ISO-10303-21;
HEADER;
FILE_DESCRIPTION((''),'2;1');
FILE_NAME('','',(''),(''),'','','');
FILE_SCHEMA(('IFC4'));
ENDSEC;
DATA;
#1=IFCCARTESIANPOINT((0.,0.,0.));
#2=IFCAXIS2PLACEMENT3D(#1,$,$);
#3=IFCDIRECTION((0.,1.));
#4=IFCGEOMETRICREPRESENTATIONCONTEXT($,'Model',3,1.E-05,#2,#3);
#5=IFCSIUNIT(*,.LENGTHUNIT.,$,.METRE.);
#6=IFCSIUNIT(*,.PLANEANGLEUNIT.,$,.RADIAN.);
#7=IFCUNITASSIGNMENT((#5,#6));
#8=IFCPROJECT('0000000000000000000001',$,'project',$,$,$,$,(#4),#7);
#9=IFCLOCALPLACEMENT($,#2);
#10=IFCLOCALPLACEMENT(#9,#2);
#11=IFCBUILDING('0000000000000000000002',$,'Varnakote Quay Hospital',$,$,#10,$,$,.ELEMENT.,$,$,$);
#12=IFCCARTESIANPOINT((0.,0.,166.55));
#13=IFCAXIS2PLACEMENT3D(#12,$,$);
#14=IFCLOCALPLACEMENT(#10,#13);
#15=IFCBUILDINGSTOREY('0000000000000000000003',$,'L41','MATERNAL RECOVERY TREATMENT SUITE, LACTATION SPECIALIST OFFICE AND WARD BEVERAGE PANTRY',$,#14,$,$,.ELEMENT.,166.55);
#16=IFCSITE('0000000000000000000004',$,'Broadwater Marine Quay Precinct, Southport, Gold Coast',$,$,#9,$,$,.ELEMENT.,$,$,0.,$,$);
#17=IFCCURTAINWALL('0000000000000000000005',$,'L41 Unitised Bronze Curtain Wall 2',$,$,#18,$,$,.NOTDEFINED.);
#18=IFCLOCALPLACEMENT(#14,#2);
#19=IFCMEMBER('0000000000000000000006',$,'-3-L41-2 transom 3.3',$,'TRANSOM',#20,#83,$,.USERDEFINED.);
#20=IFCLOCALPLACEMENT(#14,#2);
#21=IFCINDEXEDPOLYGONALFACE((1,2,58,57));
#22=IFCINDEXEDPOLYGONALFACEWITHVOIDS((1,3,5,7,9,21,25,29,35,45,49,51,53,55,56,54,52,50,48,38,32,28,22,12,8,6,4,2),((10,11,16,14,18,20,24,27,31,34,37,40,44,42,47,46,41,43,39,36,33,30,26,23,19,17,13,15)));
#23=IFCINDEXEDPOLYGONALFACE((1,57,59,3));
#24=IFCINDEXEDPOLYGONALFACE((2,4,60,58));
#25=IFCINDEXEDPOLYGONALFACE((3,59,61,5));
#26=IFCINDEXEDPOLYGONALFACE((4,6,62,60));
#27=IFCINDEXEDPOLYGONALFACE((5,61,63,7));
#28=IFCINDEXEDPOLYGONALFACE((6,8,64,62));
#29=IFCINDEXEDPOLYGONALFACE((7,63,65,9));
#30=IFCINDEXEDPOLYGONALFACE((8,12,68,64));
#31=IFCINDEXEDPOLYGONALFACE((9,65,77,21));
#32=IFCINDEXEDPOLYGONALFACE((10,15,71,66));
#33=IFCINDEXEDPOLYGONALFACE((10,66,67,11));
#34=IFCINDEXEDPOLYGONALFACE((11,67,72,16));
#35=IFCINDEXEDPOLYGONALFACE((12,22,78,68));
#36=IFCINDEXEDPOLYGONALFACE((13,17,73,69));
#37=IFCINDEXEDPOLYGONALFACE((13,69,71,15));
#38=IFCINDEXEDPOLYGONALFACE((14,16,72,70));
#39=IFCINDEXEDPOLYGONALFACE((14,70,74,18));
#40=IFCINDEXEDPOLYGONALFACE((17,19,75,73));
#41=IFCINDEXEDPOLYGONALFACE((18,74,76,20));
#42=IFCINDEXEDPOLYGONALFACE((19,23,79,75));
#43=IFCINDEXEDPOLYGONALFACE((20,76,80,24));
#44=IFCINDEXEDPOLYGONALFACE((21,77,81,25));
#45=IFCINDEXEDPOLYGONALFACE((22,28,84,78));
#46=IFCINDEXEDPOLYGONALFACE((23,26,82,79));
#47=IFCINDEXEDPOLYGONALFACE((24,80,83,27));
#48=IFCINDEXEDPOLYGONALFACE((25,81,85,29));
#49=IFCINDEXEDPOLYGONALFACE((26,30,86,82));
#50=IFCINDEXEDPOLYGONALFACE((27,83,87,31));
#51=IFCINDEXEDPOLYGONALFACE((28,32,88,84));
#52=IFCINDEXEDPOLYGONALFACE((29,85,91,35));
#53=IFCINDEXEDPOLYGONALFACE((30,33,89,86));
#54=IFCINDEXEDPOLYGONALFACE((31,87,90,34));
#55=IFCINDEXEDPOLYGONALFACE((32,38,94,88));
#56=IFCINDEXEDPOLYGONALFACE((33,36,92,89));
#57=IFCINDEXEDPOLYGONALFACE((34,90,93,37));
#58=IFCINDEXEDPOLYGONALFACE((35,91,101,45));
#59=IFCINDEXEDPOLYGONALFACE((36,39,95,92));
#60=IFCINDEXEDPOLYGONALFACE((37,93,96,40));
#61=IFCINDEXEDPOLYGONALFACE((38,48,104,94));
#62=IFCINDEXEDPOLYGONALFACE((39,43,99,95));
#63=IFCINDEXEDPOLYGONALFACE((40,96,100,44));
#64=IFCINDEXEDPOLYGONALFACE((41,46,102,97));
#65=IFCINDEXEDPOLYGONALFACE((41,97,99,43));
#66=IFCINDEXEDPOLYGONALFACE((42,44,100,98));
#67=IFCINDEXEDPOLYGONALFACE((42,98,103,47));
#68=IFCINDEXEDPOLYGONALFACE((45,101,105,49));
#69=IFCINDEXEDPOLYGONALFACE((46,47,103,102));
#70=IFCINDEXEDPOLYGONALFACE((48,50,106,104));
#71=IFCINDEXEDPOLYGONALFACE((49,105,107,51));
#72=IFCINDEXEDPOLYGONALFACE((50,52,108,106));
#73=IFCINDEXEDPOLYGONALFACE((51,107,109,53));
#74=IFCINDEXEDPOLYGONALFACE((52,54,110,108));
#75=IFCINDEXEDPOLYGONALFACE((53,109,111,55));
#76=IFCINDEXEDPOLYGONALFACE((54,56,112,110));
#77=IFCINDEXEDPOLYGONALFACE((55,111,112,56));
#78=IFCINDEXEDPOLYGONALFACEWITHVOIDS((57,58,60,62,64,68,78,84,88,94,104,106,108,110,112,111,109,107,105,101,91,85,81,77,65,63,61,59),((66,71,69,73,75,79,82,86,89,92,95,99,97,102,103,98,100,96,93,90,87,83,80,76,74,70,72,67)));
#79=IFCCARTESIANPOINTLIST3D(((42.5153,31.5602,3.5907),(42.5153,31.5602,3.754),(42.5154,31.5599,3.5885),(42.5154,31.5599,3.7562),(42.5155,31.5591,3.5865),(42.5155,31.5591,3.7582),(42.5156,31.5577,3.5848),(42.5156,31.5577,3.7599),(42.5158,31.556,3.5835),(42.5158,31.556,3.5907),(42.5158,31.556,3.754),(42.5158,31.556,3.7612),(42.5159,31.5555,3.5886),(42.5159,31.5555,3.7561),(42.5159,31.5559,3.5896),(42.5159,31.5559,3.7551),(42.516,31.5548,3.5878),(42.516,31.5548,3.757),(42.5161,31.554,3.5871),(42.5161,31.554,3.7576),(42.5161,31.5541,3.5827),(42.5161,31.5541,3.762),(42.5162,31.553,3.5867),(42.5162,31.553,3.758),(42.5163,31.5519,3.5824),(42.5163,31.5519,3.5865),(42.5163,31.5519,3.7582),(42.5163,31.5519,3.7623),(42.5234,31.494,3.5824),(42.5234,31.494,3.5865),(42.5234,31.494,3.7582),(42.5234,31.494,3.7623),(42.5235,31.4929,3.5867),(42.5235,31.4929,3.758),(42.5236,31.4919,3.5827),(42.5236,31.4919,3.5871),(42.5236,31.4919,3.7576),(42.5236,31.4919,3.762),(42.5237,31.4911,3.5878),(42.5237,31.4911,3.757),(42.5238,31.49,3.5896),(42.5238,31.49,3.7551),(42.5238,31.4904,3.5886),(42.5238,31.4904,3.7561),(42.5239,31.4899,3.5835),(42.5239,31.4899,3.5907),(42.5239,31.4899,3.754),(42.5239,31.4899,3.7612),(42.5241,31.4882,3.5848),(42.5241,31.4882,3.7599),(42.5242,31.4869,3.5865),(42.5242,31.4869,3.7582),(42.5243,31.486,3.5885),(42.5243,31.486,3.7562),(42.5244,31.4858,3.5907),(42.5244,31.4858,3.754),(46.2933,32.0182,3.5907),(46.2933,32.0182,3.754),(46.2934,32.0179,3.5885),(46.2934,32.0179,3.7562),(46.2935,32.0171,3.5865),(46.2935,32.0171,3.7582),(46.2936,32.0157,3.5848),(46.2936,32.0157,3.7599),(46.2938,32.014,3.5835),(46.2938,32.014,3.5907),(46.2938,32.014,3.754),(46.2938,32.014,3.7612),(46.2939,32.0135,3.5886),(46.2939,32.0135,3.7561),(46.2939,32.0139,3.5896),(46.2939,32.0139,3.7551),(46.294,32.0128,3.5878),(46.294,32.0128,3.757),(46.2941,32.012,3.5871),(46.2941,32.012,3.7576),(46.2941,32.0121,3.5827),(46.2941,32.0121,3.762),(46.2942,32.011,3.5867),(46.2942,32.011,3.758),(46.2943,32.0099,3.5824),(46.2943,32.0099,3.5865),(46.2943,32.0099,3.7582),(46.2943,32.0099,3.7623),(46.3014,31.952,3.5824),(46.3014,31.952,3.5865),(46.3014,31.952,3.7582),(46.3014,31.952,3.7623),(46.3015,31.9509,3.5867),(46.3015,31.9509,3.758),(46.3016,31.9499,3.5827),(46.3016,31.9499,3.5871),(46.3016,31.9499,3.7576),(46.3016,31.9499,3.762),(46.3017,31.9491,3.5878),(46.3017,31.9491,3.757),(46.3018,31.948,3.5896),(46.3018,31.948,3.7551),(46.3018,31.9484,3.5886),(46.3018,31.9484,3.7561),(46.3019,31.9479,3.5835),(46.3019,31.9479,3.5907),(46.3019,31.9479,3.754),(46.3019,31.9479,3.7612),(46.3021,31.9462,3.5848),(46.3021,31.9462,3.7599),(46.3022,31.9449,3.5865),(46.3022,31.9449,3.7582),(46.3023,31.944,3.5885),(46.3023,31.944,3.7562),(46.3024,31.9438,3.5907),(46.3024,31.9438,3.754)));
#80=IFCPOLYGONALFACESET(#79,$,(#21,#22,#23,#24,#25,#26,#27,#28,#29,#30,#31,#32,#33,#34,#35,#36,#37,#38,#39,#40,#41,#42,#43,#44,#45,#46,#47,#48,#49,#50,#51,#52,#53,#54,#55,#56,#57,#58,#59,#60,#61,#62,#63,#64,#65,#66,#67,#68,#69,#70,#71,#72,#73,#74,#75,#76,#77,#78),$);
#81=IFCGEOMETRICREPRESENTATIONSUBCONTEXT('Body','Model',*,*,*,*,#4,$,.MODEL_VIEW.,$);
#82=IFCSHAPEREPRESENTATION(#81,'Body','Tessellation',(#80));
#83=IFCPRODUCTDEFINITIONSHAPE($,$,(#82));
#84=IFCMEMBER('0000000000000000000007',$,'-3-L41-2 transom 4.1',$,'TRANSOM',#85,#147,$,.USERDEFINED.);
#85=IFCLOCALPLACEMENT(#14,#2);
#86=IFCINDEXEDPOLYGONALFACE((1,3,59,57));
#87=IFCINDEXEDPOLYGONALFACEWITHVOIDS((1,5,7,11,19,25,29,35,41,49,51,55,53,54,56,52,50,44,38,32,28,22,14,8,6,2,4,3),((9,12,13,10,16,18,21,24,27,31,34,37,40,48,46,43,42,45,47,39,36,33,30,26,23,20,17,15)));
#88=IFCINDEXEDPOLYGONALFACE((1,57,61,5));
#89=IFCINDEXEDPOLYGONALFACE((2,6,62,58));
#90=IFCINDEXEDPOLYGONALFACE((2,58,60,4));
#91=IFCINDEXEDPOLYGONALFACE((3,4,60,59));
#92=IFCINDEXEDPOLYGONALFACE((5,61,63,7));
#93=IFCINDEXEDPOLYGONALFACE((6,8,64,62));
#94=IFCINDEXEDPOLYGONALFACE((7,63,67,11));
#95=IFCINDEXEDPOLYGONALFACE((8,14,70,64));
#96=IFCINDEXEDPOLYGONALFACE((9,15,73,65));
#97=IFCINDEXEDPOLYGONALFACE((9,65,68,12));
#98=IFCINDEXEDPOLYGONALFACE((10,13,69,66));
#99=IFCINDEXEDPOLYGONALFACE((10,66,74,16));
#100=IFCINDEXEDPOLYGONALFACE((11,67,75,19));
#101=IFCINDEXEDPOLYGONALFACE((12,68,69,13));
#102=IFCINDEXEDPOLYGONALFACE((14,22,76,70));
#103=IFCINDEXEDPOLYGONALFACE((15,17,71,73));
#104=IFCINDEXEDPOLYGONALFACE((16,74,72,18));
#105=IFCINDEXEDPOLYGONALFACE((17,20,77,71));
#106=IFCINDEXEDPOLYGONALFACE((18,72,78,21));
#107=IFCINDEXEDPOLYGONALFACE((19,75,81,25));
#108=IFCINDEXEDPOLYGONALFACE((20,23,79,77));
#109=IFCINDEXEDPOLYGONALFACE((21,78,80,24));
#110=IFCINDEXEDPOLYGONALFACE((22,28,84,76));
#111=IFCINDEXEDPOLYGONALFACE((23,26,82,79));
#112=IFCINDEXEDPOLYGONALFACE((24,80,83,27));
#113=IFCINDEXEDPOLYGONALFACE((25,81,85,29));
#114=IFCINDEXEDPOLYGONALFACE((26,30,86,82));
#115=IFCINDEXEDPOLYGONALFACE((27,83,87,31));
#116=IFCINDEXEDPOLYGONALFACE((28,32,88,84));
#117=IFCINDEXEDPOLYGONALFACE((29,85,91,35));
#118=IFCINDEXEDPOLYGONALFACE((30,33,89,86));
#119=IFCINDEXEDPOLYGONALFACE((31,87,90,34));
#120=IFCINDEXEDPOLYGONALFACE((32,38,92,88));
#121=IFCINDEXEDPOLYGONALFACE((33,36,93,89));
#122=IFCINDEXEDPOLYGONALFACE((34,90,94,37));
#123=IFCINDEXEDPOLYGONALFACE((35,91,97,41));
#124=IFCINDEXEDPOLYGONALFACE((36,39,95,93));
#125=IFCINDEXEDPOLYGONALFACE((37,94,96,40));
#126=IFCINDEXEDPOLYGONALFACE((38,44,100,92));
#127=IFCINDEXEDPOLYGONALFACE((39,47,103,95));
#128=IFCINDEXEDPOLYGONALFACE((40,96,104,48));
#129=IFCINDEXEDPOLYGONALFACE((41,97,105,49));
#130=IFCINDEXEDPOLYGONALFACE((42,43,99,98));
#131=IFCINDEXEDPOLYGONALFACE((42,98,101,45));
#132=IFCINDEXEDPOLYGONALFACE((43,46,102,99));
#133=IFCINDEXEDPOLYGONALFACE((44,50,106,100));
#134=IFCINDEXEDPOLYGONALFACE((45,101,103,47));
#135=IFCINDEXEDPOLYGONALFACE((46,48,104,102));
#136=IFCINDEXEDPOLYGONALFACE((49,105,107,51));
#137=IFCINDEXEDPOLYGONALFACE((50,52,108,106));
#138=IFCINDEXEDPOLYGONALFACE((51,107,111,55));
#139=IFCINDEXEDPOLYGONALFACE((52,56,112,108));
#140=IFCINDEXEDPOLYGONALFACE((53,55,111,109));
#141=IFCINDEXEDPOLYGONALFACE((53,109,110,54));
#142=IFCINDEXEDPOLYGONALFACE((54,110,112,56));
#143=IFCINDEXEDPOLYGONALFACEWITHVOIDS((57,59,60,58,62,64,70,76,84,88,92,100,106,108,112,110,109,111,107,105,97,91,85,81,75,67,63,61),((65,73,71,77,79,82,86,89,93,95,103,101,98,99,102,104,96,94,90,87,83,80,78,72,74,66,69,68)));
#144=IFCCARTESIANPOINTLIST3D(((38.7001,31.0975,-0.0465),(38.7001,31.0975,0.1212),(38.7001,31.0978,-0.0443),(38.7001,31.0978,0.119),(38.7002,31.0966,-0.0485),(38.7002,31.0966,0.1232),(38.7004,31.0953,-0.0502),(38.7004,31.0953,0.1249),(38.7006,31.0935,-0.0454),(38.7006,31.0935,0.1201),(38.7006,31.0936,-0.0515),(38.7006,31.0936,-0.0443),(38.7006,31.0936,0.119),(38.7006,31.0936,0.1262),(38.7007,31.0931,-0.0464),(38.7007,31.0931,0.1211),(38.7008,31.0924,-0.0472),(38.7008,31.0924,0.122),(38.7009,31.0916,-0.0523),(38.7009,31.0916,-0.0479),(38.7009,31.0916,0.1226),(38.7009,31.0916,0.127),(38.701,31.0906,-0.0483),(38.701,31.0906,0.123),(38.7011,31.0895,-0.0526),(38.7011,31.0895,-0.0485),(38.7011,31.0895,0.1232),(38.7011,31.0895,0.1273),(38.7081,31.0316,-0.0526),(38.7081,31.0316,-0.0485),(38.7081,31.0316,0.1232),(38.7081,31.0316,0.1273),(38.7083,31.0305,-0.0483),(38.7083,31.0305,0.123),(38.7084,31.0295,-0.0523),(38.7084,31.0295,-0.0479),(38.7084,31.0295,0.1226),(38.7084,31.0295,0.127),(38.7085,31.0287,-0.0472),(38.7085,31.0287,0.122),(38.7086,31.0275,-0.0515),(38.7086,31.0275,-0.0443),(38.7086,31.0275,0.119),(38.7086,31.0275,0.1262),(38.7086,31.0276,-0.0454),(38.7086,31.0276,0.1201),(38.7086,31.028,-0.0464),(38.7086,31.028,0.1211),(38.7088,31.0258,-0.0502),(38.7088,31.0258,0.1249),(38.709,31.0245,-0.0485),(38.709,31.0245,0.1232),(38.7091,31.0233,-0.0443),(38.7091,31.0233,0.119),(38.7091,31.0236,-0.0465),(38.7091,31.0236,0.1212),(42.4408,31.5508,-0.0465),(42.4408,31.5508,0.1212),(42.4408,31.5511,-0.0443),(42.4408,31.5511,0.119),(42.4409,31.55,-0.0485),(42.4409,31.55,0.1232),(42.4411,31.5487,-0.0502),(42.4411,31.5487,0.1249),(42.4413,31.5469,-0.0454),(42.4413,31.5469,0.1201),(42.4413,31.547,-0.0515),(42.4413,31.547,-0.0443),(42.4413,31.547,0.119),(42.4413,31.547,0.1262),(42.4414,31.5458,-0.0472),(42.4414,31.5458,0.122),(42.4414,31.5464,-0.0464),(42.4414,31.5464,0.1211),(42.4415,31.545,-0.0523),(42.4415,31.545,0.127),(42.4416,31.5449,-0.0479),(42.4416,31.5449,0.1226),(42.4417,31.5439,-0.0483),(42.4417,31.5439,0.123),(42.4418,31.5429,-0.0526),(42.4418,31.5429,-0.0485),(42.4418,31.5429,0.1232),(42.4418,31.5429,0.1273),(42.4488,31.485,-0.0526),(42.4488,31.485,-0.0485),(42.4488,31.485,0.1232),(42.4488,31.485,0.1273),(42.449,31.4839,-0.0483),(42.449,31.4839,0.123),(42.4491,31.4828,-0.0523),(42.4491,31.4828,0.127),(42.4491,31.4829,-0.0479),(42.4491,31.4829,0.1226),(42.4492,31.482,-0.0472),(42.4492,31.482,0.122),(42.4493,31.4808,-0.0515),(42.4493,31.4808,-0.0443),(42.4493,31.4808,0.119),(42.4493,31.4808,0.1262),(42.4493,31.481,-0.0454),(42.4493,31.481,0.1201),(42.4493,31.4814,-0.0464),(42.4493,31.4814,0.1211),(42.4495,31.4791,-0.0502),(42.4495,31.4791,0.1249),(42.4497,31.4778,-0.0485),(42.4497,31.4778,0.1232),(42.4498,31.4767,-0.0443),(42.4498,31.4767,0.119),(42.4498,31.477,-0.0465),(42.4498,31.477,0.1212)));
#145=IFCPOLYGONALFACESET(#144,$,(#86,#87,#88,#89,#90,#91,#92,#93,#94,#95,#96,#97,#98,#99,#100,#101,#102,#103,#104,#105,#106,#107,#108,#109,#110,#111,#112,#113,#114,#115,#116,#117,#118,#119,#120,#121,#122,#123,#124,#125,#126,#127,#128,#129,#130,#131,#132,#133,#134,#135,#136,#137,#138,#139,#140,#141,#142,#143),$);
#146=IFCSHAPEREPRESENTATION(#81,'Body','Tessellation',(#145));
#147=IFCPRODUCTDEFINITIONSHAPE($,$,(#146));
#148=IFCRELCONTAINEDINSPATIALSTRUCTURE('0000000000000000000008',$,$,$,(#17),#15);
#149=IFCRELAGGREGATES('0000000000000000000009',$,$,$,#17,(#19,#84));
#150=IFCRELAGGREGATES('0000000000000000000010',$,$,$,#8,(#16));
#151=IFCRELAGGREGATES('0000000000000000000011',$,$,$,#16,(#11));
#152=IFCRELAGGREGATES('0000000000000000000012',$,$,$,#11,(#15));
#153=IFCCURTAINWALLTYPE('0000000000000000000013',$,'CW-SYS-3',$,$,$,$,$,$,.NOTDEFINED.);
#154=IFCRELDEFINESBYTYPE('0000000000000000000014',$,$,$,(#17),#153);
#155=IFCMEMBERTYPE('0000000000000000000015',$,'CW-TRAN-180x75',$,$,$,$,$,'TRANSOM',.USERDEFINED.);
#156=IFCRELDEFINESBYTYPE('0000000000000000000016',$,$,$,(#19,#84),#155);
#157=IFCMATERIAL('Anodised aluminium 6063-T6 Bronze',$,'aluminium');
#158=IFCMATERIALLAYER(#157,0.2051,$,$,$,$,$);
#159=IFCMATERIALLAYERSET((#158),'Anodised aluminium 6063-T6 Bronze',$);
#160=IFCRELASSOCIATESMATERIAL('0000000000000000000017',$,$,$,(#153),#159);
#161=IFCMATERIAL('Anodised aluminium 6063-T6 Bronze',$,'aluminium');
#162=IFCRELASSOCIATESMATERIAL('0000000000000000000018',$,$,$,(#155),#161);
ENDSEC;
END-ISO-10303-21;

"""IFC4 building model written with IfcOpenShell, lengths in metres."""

from ifc_helpers import new_model, si_unit, direction, frame, origin, origin_2d, place, context, subcontext, project, spatial, hollow_rectangle, extrude, material, layer, layer_set, material_profile, profile_set, type_object, element, aggregate, save


model = new_model("IFC4")

# Units and contexts
model_context = context("Model", 3, precision=1e-05, world=origin(), true_north=direction((0.0, 1.0)))
body_context = subcontext(model_context, "Body", "Model", "MODEL_VIEW")
ifc_project = project(units=[si_unit("LENGTHUNIT", "METRE"), si_unit("PLANEANGLEUNIT", "RADIAN")], contexts=[model_context])

# Site, building, storey
site_placement = place(None, origin())
site = spatial("IfcSite", under=ifc_project, at=site_placement, Name="Broadwater Marine Quay Precinct, Southport, Gold Coast", CompositionType="ELEMENT", RefElevation=0.0)
building_placement = place(site_placement, origin())
building = spatial("IfcBuilding", under=site, at=building_placement, Name="Varnakote Quay Hospital", CompositionType="ELEMENT")
storey_placement = place(building_placement, frame((0.0, 0.0, 166.55)))
storey = spatial("IfcBuildingStorey", under=building, at=storey_placement, Name="L41", Description="MATERNAL RECOVERY TREATMENT SUITE, LACTATION SPECIALIST OFFICE AND WARD BEVERAGE PANTRY", CompositionType="ELEMENT", Elevation=166.55)

# Curtain wall, members
ifc_material_1 = material(Name="Anodised aluminium 6063-T6 Bronze", Category="aluminium")
ifc_layer_1 = layer(ifc_material_1, 0.2051)
ifc_layer_set_1 = layer_set([ifc_layer_1], Name="Anodised aluminium 6063-T6 Bronze")
curtain_wall_type = type_object("IfcCurtainWallType", Name="CW-SYS-3", PredefinedType="NOTDEFINED", material=ifc_layer_set_1)
curtain_wall_placement = place(storey_placement, origin())
curtain_wall = element("IfcCurtainWall", 1, at=curtain_wall_placement, inside=storey, type_object=curtain_wall_type, Name="L41 Unitised Bronze Curtain Wall 2", PredefinedType="NOTDEFINED")
ifc_material_2 = material(Name="Anodised aluminium 6063-T6 Bronze", Category="aluminium")
ifc_material_profile_1 = material_profile(ifc_material_2, hollow_rectangle(XDim=0.075, YDim=0.1799, WallThickness=0.0042, InnerFilletRadius=0.0042, OuterFilletRadius=0.0083, at=origin_2d()), Name="CW-TRAN-180x75")
ifc_profile_set_1 = profile_set([ifc_material_profile_1], Name="Anodised aluminium 6063-T6 Bronze")
member_type_1 = type_object("IfcMemberType", Name="CW-TRAN-180x75", ElementType="TRANSOM", PredefinedType="USERDEFINED", material=ifc_profile_set_1)
member_1_placement = place(storey_placement, frame((46.2979, 31.981, 3.6724), z_axis=(-0.992732, -0.120347, 0.0), x_axis=(0.120347, -0.992732, 0.0)))
member_1 = element("IfcMember", 2, at=member_1_placement, type_object=member_type_1, Name="-3-L41-2 transom 3.3", ObjectType="TRANSOM", PredefinedType="USERDEFINED", context=body_context, shape_type="SweptSolid", body=[
    extrude(hollow_rectangle(XDim=0.075, YDim=0.1799, WallThickness=0.0042, InnerFilletRadius=0.0042, OuterFilletRadius=0.0083, at=origin_2d()), origin(), (0.0, 0.0, 1.0), 3.8057),
])
member_2_placement = place(storey_placement, frame((42.4453, 31.5139, 0.0374), z_axis=(-0.992735, -0.120318, 0.0), x_axis=(0.120318, -0.992735, 0.0)))
member_2 = element("IfcMember", 3, at=member_2_placement, type_object=member_type_1, Name="-3-L41-2 transom 4.1", ObjectType="TRANSOM", PredefinedType="USERDEFINED", context=body_context, shape_type="SweptSolid", body=[
    extrude(hollow_rectangle(XDim=0.075, YDim=0.1799, WallThickness=0.0042, InnerFilletRadius=0.0042, OuterFilletRadius=0.0083, at=origin_2d()), origin(), (0.0, 0.0, 1.0), 3.7681),
])
aggregate(curtain_wall, [member_1, member_2])

save(model, "model.ifc")
